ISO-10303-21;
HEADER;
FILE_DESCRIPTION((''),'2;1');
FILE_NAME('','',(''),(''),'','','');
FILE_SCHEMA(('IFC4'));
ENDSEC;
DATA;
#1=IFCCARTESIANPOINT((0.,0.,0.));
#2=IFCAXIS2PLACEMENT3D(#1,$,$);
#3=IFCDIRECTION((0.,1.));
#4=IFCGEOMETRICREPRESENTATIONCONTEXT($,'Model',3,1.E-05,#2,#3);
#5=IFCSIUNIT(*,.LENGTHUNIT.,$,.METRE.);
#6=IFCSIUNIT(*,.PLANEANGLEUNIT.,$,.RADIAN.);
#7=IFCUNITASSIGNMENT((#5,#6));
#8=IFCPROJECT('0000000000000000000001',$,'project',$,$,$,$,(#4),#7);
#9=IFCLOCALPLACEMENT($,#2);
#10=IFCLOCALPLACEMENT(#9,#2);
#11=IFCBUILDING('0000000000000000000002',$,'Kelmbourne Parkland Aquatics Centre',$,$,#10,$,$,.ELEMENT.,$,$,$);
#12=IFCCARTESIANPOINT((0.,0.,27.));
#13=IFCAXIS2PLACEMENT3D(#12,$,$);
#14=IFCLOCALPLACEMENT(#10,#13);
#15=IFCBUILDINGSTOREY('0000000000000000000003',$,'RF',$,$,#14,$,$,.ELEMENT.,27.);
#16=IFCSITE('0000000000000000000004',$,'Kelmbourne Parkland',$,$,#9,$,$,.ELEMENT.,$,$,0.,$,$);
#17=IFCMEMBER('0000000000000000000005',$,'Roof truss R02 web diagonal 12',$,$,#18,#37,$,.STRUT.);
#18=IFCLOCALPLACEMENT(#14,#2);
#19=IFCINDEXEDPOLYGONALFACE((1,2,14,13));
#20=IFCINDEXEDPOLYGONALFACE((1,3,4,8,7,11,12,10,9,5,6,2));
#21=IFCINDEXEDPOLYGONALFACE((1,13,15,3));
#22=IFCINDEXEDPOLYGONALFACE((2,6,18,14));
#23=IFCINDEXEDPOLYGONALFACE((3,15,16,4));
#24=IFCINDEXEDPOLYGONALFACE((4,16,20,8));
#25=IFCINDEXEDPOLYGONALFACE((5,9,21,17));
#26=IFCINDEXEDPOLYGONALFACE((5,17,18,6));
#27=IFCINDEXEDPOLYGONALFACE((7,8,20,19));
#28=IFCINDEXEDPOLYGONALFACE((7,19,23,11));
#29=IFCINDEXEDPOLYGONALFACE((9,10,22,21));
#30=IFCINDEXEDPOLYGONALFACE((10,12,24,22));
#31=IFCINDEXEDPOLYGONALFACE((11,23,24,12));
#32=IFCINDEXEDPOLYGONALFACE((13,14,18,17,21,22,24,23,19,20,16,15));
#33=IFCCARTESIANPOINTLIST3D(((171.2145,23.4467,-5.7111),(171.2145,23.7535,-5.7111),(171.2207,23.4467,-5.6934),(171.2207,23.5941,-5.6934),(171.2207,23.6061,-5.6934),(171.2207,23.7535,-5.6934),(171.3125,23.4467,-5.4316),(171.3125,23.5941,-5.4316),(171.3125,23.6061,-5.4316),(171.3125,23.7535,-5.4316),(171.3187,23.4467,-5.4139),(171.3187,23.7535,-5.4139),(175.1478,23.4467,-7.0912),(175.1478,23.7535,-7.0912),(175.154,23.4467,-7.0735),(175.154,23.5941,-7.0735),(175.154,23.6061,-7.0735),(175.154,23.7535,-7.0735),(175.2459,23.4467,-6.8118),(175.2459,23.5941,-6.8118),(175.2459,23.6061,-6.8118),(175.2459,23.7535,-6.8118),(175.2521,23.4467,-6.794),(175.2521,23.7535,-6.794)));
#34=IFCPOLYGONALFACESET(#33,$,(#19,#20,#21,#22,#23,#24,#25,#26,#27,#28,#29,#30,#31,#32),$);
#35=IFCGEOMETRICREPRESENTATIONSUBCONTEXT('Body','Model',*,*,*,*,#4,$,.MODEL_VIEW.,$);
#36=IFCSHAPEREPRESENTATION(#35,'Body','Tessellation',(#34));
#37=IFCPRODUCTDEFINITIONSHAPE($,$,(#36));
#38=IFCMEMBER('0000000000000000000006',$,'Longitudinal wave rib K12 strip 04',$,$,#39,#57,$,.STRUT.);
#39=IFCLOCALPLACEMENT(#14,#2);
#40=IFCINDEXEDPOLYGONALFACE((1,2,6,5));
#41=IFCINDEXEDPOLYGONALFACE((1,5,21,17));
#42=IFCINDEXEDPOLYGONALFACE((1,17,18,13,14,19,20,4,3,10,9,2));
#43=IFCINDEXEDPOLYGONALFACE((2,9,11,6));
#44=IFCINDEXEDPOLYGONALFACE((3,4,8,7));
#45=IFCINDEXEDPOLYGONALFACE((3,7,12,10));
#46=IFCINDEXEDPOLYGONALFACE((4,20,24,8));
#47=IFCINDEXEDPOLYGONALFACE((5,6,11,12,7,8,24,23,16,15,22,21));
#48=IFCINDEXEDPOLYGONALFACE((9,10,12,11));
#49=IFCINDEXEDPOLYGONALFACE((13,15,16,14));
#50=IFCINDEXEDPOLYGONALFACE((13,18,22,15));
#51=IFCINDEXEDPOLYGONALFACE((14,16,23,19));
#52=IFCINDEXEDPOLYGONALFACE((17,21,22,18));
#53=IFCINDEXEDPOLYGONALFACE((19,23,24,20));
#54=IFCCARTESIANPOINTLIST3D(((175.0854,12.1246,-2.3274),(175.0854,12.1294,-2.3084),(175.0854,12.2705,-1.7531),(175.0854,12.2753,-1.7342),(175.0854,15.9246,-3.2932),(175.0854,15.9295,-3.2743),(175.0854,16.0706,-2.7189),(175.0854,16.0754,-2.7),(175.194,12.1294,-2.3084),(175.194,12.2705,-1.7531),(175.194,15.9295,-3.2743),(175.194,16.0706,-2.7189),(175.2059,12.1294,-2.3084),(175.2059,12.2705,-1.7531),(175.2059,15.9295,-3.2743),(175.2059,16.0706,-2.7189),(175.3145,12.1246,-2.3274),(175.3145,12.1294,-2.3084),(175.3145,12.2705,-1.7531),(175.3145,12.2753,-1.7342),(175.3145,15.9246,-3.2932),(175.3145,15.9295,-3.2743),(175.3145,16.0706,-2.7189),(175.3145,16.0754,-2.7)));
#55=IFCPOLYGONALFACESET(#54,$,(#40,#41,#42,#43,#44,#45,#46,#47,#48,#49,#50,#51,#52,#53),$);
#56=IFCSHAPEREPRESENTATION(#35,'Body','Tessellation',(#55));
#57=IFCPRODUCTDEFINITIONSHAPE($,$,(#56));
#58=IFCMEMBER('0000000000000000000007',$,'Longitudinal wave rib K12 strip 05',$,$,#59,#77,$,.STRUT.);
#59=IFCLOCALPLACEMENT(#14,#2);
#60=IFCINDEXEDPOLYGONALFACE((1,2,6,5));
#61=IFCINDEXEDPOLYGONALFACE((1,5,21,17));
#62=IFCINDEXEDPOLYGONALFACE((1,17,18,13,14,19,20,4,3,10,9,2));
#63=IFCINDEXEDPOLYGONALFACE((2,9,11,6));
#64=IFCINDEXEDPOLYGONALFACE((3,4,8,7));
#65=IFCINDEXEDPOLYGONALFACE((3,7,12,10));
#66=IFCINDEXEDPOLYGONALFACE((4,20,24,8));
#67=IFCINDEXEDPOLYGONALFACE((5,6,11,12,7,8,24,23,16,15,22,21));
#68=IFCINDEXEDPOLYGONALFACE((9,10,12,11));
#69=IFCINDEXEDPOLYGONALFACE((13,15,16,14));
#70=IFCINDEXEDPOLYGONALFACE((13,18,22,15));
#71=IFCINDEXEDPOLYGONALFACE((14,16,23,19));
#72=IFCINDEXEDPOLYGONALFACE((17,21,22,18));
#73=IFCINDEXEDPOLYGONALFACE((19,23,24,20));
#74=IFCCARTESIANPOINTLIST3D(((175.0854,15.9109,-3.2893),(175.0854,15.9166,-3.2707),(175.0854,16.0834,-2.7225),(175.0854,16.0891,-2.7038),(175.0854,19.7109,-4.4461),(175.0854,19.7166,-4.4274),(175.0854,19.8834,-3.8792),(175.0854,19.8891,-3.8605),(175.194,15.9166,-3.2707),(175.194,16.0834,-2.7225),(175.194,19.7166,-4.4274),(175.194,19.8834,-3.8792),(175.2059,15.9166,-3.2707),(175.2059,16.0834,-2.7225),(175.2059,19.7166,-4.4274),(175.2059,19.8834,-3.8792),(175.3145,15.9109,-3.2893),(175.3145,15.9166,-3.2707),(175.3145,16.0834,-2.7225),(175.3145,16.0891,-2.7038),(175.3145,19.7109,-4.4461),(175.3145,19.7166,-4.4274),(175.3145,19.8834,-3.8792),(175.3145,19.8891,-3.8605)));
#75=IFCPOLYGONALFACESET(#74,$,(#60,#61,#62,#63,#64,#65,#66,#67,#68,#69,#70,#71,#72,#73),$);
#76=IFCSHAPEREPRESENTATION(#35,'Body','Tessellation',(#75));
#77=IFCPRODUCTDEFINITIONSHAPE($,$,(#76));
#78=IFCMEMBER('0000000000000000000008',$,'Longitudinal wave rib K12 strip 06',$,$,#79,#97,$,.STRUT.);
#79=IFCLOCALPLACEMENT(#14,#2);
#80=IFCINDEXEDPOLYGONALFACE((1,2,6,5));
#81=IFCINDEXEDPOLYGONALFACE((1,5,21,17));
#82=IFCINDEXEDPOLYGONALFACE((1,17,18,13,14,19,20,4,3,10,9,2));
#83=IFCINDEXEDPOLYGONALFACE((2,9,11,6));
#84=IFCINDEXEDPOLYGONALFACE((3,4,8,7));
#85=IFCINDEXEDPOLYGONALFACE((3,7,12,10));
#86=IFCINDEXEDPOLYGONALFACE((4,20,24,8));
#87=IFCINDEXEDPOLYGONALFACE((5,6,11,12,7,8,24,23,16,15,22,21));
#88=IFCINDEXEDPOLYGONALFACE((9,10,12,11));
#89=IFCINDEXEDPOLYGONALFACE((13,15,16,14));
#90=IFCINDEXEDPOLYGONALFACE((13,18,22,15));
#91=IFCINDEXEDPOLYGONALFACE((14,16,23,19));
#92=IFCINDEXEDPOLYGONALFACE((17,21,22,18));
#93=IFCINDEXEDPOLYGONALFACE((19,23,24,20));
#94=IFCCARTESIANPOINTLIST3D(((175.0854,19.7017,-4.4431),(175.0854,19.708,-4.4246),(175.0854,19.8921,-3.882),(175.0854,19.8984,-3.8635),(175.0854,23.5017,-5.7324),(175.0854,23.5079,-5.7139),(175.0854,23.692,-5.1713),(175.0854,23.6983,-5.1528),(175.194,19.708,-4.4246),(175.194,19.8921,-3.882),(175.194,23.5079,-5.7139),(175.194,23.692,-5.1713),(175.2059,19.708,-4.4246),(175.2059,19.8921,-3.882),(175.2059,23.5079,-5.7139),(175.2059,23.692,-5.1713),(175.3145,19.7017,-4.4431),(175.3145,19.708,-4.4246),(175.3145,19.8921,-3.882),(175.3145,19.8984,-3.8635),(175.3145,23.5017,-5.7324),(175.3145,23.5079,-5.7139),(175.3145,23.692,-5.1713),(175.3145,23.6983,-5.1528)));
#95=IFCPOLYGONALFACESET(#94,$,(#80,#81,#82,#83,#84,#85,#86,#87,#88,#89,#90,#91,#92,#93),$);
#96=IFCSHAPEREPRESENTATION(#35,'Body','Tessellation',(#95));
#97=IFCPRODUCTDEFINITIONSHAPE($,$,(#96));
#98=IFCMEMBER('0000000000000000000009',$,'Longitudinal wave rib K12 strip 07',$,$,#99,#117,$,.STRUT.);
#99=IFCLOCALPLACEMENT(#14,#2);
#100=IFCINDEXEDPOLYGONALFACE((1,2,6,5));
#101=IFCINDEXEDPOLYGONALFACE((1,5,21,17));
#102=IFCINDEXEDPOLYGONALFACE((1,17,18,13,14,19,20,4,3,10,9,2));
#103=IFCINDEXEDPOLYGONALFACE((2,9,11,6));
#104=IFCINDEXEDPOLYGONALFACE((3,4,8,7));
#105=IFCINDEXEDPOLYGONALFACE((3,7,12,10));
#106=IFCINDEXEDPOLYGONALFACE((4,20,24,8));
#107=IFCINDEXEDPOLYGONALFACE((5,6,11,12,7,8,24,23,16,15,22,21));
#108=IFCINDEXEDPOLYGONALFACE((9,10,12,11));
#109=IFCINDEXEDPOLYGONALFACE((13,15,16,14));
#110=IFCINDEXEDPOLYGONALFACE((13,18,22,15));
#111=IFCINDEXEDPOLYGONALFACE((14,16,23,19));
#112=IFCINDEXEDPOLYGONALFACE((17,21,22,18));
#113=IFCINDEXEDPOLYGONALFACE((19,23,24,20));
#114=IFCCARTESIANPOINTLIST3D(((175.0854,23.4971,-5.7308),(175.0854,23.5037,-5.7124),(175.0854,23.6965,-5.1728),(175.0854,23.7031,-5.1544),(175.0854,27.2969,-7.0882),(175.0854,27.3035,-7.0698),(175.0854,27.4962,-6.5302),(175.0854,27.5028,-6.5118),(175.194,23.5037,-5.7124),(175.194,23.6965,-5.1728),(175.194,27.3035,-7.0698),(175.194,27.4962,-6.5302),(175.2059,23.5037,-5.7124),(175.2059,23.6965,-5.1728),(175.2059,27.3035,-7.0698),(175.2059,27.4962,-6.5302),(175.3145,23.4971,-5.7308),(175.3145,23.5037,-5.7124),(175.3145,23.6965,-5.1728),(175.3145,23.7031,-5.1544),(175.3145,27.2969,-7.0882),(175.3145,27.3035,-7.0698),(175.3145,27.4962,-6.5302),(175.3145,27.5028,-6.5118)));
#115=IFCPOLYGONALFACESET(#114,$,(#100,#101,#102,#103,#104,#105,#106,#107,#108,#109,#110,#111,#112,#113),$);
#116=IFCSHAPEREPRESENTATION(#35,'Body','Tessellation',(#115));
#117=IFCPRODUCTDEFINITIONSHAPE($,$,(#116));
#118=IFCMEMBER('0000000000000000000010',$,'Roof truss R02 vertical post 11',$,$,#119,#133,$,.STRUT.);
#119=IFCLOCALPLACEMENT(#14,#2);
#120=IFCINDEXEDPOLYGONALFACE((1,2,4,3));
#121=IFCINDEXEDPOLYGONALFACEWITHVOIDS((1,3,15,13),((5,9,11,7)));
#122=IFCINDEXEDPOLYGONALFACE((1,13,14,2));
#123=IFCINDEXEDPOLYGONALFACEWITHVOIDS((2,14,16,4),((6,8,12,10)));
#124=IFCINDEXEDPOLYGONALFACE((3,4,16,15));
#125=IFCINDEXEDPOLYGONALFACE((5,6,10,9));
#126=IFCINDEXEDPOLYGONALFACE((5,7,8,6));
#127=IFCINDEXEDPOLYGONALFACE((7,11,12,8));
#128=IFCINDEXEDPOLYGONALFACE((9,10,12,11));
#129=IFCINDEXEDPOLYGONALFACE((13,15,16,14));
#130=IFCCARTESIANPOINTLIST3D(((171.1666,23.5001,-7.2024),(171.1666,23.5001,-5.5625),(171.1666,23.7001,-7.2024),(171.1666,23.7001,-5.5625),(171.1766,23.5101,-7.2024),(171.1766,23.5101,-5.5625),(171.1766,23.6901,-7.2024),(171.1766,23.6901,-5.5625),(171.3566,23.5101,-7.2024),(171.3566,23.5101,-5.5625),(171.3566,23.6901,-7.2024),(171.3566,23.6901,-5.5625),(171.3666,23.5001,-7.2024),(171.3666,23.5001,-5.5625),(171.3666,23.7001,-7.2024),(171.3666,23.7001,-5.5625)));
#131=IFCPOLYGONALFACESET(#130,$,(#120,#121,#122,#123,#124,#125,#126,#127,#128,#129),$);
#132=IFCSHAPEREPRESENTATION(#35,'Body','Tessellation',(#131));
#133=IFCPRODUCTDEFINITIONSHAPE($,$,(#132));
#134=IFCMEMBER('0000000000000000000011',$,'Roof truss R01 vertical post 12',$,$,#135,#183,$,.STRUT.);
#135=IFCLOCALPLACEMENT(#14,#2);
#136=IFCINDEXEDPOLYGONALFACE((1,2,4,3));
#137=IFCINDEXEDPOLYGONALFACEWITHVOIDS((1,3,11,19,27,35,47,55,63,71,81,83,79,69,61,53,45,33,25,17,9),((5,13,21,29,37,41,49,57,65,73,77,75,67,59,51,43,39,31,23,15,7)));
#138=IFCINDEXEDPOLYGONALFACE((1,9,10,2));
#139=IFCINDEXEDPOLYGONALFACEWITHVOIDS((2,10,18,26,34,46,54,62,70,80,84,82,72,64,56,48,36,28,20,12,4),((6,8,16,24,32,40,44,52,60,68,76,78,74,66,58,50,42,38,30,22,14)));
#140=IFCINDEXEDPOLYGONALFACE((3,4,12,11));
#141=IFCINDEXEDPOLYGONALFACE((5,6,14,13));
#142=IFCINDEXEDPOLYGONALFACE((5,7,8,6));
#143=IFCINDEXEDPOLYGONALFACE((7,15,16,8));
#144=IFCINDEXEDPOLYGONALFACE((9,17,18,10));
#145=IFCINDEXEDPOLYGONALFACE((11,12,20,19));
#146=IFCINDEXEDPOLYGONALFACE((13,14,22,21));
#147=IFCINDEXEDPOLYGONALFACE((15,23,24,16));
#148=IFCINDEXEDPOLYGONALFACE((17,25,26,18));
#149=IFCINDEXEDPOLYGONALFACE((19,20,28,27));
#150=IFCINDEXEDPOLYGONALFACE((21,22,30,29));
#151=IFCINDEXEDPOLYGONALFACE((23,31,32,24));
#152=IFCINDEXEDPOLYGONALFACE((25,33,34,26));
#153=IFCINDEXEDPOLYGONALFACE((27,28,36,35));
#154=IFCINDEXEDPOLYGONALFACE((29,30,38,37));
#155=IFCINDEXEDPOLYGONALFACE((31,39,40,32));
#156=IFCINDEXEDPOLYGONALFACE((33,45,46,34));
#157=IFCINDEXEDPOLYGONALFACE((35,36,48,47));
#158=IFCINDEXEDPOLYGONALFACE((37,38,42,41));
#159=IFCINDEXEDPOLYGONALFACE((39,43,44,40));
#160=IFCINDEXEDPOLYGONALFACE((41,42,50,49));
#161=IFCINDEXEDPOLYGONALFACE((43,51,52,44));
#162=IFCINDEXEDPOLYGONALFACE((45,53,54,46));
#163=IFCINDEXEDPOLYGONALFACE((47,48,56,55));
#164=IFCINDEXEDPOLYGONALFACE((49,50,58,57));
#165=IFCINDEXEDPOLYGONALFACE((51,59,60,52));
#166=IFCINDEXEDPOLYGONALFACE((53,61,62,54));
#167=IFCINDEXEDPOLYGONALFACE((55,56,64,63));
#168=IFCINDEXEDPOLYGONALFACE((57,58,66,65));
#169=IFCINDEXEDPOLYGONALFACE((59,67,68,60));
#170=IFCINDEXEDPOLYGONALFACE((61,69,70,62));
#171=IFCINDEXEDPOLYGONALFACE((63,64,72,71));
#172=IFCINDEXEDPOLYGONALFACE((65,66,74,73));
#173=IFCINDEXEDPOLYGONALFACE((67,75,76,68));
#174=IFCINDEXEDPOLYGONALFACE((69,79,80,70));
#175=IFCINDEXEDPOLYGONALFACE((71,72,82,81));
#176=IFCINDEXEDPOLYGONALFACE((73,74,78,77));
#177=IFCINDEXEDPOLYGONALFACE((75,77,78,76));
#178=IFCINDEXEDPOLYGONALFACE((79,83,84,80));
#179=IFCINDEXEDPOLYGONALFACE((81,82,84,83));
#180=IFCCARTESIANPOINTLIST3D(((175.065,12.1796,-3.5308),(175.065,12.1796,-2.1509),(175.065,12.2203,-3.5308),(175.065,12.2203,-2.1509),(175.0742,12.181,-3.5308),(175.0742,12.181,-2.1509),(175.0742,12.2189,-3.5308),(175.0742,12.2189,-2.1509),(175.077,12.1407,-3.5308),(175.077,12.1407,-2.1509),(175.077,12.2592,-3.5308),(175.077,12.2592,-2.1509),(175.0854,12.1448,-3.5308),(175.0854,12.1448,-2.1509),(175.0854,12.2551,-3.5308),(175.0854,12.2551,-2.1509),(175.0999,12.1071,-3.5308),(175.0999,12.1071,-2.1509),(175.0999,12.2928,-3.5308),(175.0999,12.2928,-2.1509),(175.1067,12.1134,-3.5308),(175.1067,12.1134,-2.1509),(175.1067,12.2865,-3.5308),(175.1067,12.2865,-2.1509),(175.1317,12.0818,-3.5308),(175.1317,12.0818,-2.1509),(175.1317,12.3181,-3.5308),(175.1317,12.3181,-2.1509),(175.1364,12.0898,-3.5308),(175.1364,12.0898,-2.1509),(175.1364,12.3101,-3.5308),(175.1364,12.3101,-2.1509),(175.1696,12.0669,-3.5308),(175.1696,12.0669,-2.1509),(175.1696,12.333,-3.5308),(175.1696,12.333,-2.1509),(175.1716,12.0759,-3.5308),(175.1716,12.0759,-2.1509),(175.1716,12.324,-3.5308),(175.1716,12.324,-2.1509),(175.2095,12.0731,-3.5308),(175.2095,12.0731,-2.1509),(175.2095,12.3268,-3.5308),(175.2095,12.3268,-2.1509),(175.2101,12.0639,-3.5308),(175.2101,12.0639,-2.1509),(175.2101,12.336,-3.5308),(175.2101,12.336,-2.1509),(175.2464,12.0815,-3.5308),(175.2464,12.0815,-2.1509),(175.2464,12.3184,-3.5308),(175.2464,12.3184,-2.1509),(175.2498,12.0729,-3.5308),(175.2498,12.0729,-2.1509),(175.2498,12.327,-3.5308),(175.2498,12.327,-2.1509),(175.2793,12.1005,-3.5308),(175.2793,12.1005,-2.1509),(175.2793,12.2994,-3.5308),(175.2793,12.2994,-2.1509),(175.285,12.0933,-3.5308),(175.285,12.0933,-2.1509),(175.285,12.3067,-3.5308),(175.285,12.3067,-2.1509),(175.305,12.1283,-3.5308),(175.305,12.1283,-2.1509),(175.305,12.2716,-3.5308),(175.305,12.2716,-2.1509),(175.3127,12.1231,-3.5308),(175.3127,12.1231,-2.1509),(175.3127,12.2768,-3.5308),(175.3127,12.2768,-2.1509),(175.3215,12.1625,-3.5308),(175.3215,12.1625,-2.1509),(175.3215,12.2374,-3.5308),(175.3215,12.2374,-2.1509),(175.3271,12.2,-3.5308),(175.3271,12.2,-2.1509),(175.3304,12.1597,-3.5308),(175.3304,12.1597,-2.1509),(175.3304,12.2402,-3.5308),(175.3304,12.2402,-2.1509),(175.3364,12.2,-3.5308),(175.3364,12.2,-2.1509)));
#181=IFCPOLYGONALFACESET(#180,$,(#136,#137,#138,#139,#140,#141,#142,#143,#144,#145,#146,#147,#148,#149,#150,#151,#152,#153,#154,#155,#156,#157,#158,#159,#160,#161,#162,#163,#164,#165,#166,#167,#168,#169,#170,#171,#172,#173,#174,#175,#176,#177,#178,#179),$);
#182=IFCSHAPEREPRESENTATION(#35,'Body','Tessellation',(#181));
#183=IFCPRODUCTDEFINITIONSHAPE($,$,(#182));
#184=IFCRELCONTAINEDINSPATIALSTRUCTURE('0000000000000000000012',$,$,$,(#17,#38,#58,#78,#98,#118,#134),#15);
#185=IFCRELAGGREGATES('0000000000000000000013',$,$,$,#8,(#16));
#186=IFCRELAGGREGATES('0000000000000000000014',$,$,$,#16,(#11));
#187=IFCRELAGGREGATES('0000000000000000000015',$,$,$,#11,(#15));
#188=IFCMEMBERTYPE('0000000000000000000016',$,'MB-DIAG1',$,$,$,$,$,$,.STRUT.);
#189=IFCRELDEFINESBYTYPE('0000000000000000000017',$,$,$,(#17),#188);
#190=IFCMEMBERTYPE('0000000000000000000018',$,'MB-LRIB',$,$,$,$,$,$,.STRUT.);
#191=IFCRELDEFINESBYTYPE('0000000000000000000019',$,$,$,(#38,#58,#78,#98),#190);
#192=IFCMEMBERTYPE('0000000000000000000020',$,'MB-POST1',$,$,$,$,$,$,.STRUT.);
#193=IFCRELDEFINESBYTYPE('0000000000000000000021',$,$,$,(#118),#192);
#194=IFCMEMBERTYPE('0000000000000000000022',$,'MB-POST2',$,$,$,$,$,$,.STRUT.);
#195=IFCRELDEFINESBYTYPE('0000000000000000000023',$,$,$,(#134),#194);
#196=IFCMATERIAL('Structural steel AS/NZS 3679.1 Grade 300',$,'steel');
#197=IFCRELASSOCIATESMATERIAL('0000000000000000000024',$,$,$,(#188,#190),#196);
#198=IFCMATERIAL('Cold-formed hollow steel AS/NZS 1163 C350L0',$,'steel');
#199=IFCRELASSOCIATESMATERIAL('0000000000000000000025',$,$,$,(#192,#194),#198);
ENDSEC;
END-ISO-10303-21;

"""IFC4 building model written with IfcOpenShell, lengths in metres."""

from ifc_helpers import new_model, si_unit, direction, frame, origin, origin_2d, place, context, subcontext, project, spatial, hollow_rectangle, hollow_circle, i_section, extrude, material, material_profile, profile_set, type_object, element, save


model = new_model("IFC4")

# Units and contexts
model_context = context("Model", 3, precision=1e-05, world=origin(), true_north=direction((0.0, 1.0)))
body_context = subcontext(model_context, "Body", "Model", "MODEL_VIEW")
ifc_project = project(units=[si_unit("LENGTHUNIT", "METRE"), si_unit("PLANEANGLEUNIT", "RADIAN")], contexts=[model_context])

# Site, building, storey
site_placement = place(None, origin())
site = spatial("IfcSite", under=ifc_project, at=site_placement, Name="Kelmbourne Parkland", CompositionType="ELEMENT", RefElevation=0.0)
building_placement = place(site_placement, origin())
building = spatial("IfcBuilding", under=site, at=building_placement, Name="Kelmbourne Parkland Aquatics Centre", CompositionType="ELEMENT")
storey_placement = place(building_placement, frame((0.0, 0.0, 27.0)))
storey = spatial("IfcBuildingStorey", under=building, at=storey_placement, Name="RF", CompositionType="ELEMENT", Elevation=27.0)

# Members
ifc_material_1 = material(Name="Structural steel AS/NZS 3679.1 Grade 300", Category="steel")
ifc_material_profile_1 = material_profile(ifc_material_1, i_section(OverallWidth=0.3069, OverallDepth=0.3149, WebThickness=0.012, FlangeThickness=0.0188, at=origin_2d()), Name="310UC118")
ifc_profile_set_1 = profile_set([ifc_material_profile_1], Name="Structural steel AS/NZS 3679.1 Grade 300")
member_type_1 = type_object("IfcMemberType", Name="MB-DIAG1", PredefinedType="STRUT", material=ifc_profile_set_1)
member_1_placement = place(storey_placement, frame((171.2666, 23.6001, -5.5625), z_axis=(0.9436, 0.0, -0.331089), x_axis=(0.0, 1.0, 0.0)))
element("IfcMember", 1, at=member_1_placement, inside=storey, type_object=member_type_1, Name="Roof truss R02 web diagonal 12", PredefinedType="STRUT", context=body_context, shape_type="SweptSolid", body=[
    extrude(i_section(OverallWidth=0.3069, OverallDepth=0.3149, WebThickness=0.012, FlangeThickness=0.0188, at=origin_2d()), origin(), (0.0, 0.0, 1.0), 4.1685),
])
ifc_material_profile_2 = material_profile(ifc_material_1, i_section(OverallWidth=0.229, OverallDepth=0.6121, WebThickness=0.012, FlangeThickness=0.0195, at=origin_2d()), Name="610UB125")
ifc_profile_set_2 = profile_set([ifc_material_profile_2], Name="Structural steel AS/NZS 3679.1 Grade 300")
member_type_2 = type_object("IfcMemberType", Name="MB-LRIB", PredefinedType="STRUT", material=ifc_profile_set_2)
member_2_placement = place(storey_placement, frame((175.2, 12.2, -2.0308), z_axis=(0.0, 0.969186, -0.246328), x_axis=(-1.0, 0.0, 0.0)))
element("IfcMember", 2, at=member_2_placement, inside=storey, type_object=member_type_2, Name="Longitudinal wave rib K12 strip 04", PredefinedType="STRUT", context=body_context, shape_type="SweptSolid", body=[
    extrude(i_section(OverallWidth=0.229, OverallDepth=0.6121, WebThickness=0.012, FlangeThickness=0.0195, at=origin_2d()), origin(), (0.0, 0.0, 1.0), 3.9209),
])
member_3_placement = place(storey_placement, frame((175.2, 16.0, -2.9966), z_axis=(0.0, 0.95666, -0.291208), x_axis=(-1.0, 0.0, 0.0)))
element("IfcMember", 3, at=member_3_placement, inside=storey, type_object=member_type_2, Name="Longitudinal wave rib K12 strip 05", PredefinedType="STRUT", context=body_context, shape_type="SweptSolid", body=[
    extrude(i_section(OverallWidth=0.229, OverallDepth=0.6121, WebThickness=0.012, FlangeThickness=0.0195, at=origin_2d()), origin(), (0.0, 0.0, 1.0), 3.9722),
])
member_4_placement = place(storey_placement, frame((175.2, 19.8, -4.1533), z_axis=(0.0, 0.946978, -0.321297), x_axis=(-1.0, 0.0, 0.0)))
element("IfcMember", 4, at=member_4_placement, inside=storey, type_object=member_type_2, Name="Longitudinal wave rib K12 strip 06", PredefinedType="STRUT", context=body_context, shape_type="SweptSolid", body=[
    extrude(i_section(OverallWidth=0.229, OverallDepth=0.6121, WebThickness=0.012, FlangeThickness=0.0195, at=origin_2d()), origin(), (0.0, 0.0, 1.0), 4.0127),
])
member_5_placement = place(storey_placement, frame((175.2, 23.6001, -5.4426), z_axis=(0.0, 0.941715, -0.336413), x_axis=(-1.0, 0.0, 0.0)))
element("IfcMember", 5, at=member_5_placement, inside=storey, type_object=member_type_2, Name="Longitudinal wave rib K12 strip 07", PredefinedType="STRUT", context=body_context, shape_type="SweptSolid", body=[
    extrude(i_section(OverallWidth=0.229, OverallDepth=0.6121, WebThickness=0.012, FlangeThickness=0.0195, at=origin_2d()), origin(), (0.0, 0.0, 1.0), 4.0349),
])
ifc_material_2 = material(Name="Cold-formed hollow steel AS/NZS 1163 C350L0", Category="steel")
ifc_material_profile_3 = material_profile(ifc_material_2, hollow_rectangle(XDim=0.2, YDim=0.2, WallThickness=0.01, at=origin_2d()), Name="SHS 200x200x10.0")
ifc_profile_set_3 = profile_set([ifc_material_profile_3], Name="Cold-formed hollow steel AS/NZS 1163 C350L0")
member_type_3 = type_object("IfcMemberType", Name="MB-POST1", PredefinedType="STRUT", material=ifc_profile_set_3)
member_6_placement = place(storey_placement, frame((171.2666, 23.6001, -7.2024), z_axis=(0.0, 0.0, 1.0), x_axis=(1.0, 0.0, 0.0)))
element("IfcMember", 6, at=member_6_placement, inside=storey, type_object=member_type_3, Name="Roof truss R02 vertical post 11", PredefinedType="STRUT", context=body_context, shape_type="SweptSolid", body=[
    extrude(hollow_rectangle(XDim=0.2, YDim=0.2, WallThickness=0.01, at=origin_2d()), origin(), (0.0, 0.0, 1.0), 1.6399),
])
ifc_material_profile_4 = material_profile(ifc_material_2, hollow_circle(Radius=0.1365, WallThickness=0.0093, at=origin_2d()), Name="CHS 273.1x9.3")
ifc_profile_set_4 = profile_set([ifc_material_profile_4], Name="Cold-formed hollow steel AS/NZS 1163 C350L0")
member_type_4 = type_object("IfcMemberType", Name="MB-POST2", PredefinedType="STRUT", material=ifc_profile_set_4)
member_7_placement = place(storey_placement, frame((175.2, 12.2, -3.5308), z_axis=(0.0, 0.0, 1.0), x_axis=(1.0, 0.0, 0.0)))
element("IfcMember", 7, at=member_7_placement, inside=storey, type_object=member_type_4, Name="Roof truss R01 vertical post 12", PredefinedType="STRUT", context=body_context, shape_type="SweptSolid", body=[
    extrude(hollow_circle(Radius=0.1365, WallThickness=0.0093, at=origin_2d()), origin(), (0.0, 0.0, 1.0), 1.3799),
])

save(model, "model.ifc")
